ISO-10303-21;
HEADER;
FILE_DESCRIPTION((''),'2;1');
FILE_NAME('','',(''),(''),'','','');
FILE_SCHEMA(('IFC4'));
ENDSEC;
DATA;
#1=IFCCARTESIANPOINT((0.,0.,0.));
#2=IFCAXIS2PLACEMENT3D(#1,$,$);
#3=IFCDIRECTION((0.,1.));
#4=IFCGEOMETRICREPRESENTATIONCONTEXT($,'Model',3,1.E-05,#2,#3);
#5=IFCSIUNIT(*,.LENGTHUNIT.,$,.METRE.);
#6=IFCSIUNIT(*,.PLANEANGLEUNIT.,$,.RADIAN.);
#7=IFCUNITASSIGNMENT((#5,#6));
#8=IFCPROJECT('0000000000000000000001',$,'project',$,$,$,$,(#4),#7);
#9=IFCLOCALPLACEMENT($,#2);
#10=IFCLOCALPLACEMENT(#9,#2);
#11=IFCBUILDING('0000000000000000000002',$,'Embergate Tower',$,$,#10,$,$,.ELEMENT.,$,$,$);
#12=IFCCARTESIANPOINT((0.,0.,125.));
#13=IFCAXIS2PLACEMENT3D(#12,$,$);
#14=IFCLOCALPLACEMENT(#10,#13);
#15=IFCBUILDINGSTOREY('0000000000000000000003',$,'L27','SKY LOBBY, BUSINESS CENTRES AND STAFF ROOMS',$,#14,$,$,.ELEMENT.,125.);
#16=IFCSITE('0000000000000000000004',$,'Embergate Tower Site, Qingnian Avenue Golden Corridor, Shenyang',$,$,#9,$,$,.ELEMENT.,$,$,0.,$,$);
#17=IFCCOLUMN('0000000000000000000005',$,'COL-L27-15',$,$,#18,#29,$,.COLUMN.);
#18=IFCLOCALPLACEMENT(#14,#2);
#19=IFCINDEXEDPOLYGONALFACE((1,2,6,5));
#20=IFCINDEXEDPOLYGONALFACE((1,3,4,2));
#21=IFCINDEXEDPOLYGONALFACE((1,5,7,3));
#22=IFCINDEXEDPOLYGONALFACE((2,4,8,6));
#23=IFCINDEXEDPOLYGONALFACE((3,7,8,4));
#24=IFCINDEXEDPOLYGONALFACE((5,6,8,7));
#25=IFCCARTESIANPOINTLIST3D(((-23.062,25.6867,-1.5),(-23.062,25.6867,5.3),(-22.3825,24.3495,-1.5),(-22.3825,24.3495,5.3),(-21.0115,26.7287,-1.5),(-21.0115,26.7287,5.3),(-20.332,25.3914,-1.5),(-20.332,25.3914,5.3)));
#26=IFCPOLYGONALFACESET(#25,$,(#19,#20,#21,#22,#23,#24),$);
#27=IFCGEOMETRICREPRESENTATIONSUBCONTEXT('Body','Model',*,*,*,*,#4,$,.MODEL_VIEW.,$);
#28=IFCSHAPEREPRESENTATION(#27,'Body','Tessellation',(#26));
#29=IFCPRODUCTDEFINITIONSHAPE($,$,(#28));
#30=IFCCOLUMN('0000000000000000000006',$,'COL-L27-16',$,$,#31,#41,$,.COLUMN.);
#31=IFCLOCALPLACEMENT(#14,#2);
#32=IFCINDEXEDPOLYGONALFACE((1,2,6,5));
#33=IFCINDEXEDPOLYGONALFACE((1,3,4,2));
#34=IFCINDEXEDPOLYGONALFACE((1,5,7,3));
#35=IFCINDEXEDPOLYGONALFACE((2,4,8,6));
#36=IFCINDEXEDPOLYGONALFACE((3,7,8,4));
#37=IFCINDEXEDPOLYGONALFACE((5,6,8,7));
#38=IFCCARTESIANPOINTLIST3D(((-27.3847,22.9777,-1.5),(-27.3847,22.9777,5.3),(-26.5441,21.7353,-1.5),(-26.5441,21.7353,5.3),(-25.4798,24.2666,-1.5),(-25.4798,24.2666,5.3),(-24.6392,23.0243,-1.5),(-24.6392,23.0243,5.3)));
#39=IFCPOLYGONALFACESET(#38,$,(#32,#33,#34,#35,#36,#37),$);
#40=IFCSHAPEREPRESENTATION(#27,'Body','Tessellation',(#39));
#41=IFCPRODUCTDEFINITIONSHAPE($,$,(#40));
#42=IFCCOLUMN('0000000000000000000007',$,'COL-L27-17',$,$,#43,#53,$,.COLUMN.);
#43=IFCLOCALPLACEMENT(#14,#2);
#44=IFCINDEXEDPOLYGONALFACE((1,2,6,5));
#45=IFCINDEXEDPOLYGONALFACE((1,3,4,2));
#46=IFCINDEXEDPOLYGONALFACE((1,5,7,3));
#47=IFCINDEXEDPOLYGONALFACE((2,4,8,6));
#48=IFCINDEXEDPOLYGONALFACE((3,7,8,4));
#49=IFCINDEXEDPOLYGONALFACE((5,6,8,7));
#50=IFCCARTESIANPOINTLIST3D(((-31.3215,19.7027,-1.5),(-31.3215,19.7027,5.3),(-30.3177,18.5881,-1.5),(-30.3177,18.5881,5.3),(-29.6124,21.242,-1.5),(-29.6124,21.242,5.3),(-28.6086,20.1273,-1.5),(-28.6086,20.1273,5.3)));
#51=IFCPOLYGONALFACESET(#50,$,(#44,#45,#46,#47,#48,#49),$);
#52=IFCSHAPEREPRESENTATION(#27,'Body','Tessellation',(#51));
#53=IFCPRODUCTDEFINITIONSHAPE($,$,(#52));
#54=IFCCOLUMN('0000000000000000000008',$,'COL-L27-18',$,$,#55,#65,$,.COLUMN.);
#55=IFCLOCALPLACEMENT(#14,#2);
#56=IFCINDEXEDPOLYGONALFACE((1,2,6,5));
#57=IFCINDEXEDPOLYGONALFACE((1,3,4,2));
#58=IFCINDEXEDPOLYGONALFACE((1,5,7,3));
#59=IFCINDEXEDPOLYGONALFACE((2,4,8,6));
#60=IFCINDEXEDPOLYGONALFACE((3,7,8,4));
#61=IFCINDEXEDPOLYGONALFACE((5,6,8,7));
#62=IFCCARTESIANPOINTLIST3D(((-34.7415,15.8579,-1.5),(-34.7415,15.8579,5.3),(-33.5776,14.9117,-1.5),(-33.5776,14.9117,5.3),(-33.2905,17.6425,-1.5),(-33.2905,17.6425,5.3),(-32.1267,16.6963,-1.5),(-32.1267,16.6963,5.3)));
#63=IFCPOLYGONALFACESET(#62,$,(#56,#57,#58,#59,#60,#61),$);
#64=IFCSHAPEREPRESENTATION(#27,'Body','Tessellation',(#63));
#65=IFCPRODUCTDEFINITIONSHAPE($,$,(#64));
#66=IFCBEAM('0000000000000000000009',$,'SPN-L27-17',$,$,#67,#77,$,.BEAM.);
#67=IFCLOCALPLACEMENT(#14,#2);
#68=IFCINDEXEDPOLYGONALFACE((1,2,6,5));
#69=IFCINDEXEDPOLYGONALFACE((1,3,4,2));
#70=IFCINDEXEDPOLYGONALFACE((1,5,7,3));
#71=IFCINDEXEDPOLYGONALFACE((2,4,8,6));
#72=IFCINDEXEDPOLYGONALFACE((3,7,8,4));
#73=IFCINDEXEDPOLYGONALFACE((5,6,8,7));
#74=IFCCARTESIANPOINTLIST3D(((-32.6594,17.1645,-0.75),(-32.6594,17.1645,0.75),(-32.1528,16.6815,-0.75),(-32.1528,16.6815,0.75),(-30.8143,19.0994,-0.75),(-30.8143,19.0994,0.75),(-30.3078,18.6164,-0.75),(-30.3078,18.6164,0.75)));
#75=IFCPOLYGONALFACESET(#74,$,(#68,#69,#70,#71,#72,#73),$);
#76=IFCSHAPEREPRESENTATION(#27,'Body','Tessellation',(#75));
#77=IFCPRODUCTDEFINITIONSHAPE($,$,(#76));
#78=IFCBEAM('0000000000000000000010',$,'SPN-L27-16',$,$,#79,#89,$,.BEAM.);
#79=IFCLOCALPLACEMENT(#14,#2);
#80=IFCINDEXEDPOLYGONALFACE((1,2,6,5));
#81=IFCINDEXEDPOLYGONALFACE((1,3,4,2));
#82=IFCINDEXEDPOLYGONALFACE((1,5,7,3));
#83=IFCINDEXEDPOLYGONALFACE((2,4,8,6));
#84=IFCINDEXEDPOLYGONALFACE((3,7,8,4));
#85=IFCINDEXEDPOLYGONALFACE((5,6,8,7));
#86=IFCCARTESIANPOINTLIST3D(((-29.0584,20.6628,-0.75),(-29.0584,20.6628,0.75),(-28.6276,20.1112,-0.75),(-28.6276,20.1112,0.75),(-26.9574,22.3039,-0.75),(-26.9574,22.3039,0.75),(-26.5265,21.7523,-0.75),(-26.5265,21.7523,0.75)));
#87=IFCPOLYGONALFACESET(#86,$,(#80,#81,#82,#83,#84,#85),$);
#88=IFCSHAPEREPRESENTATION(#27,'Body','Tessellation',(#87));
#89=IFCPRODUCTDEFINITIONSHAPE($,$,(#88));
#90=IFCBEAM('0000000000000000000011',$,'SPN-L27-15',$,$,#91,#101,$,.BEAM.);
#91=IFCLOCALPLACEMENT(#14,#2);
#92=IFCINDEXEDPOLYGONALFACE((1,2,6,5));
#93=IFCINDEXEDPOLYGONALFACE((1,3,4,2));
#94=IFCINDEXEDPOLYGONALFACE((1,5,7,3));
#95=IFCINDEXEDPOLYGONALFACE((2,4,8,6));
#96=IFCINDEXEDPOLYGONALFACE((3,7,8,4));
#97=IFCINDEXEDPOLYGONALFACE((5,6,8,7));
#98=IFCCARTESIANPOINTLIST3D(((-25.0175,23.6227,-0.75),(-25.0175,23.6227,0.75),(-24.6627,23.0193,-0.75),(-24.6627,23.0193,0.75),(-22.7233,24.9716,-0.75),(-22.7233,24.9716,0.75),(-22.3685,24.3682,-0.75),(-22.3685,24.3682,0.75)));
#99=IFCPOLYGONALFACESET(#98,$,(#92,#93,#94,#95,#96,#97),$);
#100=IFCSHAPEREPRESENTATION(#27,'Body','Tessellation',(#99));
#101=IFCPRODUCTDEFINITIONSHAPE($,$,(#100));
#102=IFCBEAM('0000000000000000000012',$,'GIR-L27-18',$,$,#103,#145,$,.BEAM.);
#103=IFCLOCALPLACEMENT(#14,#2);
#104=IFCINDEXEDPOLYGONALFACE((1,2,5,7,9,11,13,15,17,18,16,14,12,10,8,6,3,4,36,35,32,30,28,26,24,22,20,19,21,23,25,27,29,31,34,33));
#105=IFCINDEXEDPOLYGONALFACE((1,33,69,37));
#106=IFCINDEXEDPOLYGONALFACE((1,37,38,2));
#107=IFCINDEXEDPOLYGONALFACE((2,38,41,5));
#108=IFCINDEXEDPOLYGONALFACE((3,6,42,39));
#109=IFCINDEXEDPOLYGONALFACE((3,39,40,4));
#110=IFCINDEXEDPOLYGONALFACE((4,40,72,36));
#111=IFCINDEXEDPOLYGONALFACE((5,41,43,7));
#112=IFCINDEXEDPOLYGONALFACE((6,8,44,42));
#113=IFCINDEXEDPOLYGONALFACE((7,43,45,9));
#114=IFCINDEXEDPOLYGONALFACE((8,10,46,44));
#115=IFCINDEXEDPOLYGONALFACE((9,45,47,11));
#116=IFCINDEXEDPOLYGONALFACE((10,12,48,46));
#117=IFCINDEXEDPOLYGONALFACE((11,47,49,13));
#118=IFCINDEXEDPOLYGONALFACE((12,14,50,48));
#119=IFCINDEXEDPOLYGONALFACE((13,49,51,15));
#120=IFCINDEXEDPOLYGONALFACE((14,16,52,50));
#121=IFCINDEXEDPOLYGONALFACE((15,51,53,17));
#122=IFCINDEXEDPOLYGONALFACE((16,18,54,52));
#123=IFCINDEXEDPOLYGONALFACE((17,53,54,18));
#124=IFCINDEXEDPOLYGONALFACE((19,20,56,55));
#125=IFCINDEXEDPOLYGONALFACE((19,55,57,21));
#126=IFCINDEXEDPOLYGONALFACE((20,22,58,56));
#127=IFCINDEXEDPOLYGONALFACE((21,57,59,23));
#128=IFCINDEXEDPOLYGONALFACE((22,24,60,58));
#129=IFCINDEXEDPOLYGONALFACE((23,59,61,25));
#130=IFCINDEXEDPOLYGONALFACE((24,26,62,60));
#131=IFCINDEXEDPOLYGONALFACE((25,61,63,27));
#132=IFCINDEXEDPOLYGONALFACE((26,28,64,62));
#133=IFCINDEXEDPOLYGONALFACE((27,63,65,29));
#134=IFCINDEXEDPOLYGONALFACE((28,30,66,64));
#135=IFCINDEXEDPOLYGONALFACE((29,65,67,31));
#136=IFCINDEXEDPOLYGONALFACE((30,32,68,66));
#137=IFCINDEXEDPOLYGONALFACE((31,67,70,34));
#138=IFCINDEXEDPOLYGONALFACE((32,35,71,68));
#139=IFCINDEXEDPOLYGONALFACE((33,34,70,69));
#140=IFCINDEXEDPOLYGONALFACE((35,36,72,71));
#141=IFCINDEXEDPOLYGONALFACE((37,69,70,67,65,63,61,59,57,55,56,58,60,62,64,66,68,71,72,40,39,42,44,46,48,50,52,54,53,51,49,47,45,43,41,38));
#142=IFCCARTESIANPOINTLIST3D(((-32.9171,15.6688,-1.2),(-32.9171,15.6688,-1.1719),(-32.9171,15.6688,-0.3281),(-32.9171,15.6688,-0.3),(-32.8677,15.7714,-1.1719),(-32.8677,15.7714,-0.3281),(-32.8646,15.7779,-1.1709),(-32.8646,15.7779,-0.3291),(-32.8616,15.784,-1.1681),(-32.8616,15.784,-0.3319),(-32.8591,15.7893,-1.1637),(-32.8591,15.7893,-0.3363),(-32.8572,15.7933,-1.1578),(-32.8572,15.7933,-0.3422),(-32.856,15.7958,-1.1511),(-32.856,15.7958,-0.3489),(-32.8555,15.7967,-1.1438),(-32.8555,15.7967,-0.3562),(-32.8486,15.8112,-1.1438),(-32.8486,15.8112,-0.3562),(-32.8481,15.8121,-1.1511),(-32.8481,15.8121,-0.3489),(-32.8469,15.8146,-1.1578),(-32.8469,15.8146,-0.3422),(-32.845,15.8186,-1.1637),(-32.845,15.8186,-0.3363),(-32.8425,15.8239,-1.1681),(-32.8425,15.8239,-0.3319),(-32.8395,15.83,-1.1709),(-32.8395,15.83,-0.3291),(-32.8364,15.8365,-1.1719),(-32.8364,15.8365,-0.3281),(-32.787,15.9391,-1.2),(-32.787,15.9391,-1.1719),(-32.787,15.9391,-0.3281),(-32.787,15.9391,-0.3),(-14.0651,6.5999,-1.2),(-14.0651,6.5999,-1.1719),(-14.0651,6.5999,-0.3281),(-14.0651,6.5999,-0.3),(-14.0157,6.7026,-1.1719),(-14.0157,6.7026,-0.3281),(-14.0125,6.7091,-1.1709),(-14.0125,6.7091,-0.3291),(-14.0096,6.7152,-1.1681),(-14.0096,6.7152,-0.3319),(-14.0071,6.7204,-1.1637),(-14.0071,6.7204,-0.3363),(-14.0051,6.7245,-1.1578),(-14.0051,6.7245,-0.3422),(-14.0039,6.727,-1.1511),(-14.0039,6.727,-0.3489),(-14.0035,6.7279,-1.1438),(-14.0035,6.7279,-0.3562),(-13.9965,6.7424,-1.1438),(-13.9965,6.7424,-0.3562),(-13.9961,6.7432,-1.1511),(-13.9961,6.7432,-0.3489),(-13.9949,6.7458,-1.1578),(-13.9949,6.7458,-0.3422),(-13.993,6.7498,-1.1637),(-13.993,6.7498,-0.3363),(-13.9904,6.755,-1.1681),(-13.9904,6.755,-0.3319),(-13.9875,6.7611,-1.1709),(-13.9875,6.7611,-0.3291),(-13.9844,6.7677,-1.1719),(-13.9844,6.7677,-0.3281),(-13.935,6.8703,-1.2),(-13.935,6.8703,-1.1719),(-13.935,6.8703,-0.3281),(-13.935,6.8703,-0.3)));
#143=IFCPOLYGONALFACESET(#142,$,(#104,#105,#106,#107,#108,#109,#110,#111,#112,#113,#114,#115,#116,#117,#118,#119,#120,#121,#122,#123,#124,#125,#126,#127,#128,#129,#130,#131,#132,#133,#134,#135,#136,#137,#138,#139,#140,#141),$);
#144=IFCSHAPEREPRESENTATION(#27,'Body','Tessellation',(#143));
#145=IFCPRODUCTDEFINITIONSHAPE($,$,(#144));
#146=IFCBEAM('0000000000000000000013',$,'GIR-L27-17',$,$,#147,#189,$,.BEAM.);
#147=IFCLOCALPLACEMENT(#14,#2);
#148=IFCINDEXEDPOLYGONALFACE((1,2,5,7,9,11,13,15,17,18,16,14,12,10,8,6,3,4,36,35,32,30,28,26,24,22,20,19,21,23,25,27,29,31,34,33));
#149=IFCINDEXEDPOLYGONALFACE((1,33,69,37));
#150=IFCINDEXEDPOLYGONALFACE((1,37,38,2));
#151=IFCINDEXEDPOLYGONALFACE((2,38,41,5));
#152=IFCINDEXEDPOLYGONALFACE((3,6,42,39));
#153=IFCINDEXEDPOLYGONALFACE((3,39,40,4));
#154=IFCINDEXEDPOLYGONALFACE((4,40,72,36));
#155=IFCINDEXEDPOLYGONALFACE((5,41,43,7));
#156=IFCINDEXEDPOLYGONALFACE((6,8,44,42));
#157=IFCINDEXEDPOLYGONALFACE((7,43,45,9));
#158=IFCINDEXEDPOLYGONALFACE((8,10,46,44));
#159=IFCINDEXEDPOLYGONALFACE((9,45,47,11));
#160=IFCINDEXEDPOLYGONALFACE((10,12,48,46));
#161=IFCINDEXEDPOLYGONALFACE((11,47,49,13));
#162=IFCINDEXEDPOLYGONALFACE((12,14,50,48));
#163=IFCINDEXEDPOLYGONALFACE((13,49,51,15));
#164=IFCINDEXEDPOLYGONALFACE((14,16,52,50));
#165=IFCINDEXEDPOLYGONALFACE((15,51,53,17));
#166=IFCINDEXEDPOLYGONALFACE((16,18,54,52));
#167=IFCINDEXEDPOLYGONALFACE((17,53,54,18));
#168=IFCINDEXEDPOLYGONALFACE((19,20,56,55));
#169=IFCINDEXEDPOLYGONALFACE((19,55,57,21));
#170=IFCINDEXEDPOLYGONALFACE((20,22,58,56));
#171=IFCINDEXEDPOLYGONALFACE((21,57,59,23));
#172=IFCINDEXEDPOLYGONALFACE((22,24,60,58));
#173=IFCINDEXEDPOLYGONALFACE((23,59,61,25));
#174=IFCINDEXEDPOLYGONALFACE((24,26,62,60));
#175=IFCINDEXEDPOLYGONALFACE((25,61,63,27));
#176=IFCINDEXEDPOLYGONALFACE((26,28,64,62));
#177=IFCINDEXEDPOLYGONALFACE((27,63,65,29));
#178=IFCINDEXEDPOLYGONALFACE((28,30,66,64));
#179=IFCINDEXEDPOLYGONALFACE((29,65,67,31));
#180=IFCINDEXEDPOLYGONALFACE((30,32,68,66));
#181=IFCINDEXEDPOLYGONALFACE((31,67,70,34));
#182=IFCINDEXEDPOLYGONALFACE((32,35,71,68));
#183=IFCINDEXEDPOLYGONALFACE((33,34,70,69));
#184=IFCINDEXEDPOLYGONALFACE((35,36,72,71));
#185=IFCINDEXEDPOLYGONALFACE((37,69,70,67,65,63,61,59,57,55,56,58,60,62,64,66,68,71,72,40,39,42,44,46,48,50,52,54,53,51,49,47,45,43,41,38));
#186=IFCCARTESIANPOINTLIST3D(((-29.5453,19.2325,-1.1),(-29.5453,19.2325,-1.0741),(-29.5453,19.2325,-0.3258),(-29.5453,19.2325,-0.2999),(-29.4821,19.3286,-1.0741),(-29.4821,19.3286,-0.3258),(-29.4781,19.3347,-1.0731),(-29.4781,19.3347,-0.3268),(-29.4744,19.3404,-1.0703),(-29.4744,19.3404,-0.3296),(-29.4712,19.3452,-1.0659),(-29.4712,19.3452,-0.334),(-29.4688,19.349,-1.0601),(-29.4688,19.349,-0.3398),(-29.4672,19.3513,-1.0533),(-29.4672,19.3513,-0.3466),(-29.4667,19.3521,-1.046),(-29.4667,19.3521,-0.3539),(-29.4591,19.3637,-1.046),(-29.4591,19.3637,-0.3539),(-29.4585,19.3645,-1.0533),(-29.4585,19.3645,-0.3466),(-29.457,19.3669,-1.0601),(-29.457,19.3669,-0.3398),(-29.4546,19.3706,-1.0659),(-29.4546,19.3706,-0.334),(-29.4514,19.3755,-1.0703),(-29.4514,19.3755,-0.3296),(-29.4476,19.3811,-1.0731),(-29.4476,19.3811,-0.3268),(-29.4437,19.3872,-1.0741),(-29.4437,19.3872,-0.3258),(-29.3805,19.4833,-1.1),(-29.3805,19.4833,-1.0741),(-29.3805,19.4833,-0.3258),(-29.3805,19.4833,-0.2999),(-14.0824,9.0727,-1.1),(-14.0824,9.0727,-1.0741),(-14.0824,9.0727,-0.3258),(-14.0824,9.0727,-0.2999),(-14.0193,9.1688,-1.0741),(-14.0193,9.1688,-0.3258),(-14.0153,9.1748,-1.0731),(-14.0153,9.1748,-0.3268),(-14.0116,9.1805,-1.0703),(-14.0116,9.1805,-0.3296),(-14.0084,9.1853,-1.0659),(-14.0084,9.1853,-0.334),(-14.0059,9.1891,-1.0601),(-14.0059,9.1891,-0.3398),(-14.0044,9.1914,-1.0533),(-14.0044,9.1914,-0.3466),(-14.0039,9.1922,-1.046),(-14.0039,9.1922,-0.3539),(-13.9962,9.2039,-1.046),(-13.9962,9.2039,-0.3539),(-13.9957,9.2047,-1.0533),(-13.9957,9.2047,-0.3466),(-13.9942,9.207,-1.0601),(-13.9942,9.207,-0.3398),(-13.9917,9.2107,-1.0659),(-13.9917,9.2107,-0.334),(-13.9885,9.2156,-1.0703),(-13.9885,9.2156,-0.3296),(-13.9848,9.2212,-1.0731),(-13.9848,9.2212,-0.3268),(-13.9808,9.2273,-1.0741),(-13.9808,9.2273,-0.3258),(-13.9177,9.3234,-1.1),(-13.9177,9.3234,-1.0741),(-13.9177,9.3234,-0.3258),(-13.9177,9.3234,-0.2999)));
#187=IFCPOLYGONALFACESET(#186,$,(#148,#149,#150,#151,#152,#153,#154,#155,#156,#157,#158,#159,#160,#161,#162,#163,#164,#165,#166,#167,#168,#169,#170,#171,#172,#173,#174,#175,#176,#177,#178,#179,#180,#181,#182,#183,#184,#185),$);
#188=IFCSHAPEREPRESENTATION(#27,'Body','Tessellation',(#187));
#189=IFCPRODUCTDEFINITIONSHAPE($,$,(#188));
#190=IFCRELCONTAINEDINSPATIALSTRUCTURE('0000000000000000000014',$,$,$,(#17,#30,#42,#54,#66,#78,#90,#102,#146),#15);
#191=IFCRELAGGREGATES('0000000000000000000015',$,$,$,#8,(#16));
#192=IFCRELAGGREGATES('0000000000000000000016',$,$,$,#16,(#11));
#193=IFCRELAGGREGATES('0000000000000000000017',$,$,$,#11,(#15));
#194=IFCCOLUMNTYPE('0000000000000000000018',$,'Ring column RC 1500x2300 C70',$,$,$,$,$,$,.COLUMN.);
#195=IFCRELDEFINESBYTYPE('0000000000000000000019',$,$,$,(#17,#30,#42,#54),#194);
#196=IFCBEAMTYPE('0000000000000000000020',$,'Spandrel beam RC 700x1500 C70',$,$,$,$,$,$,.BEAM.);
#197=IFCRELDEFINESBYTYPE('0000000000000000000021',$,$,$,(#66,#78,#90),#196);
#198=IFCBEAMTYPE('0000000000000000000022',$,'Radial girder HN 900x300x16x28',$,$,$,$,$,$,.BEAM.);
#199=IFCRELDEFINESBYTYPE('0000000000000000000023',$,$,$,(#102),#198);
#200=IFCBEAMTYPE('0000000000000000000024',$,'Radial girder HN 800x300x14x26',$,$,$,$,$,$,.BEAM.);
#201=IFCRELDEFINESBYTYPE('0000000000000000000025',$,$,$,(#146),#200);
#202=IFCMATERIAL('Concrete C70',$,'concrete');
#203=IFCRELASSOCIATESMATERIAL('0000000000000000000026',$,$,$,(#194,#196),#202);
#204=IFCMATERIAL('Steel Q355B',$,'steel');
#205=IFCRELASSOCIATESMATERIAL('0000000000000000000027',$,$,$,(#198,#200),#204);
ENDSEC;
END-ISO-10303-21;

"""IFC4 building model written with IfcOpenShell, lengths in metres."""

from ifc_helpers import new_model, si_unit, direction, frame, origin, origin_2d, place, context, subcontext, project, spatial, rectangle, i_section, extrude, source, transform, mapped, material, material_profile, profile_set, type_object, element, save


model = new_model("IFC4")

# Units and contexts
model_context = context("Model", 3, precision=1e-05, world=origin(), true_north=direction((0.0, 1.0)))
body_context = subcontext(model_context, "Body", "Model", "MODEL_VIEW")
ifc_project = project(units=[si_unit("LENGTHUNIT", "METRE"), si_unit("PLANEANGLEUNIT", "RADIAN")], contexts=[model_context])

# Site, building, storey
site_placement = place(None, origin())
site = spatial("IfcSite", under=ifc_project, at=site_placement, Name="Embergate Tower Site, Qingnian Avenue Golden Corridor, Shenyang", CompositionType="ELEMENT", RefElevation=0.0)
building_placement = place(site_placement, origin())
building = spatial("IfcBuilding", under=site, at=building_placement, Name="Embergate Tower", CompositionType="ELEMENT")
storey_placement = place(building_placement, frame((0.0, 0.0, 125.0)))
storey = spatial("IfcBuildingStorey", under=building, at=storey_placement, Name="L27", Description="SKY LOBBY, BUSINESS CENTRES AND STAFF ROOMS", CompositionType="ELEMENT", Elevation=125.0)

# Columns
ifc_material_1 = material(Name="Concrete C70", Category="concrete")
ifc_material_profile_1 = material_profile(ifc_material_1, rectangle(XDim=1.5, YDim=2.3, at=origin_2d()), Name="RC 1500x2300")
ifc_profile_set_1 = profile_set([ifc_material_profile_1], Name="Concrete C70")
column_type = type_object("IfcColumnType", Name="Ring column RC 1500x2300 C70", PredefinedType="COLUMN", material=ifc_profile_set_1)
shared_shape_1 = source(origin(), body_context, "Body", "SweptSolid", [
    extrude(rectangle(XDim=1.5, YDim=2.3, at=origin_2d()), origin(), (0.0, 0.0, 1.0), 6.8),
])
for number, where, z_axis, x_axis, name in (
    (1, (-21.697, 25.5391, -1.5), (0.0, 0.0, 1.0), (-0.452995, 0.891513, 0.0), "COL-L27-15"),
    (2, (-26.012, 23.001, -1.5), (0.0, 0.0, 1.0), (-0.560393, 0.828227, 0.0), "COL-L27-16"),
    (3, (-29.9651, 19.915, -1.5), (0.0, 0.0, 1.0), (-0.669208, 0.743075, 0.0), "COL-L27-17"),
    (4, (-33.4341, 16.2771, -1.5), (0.0, 0.0, 1.0), (-0.775914, 0.630838, 0.0), "COL-L27-18"),
):
    element("IfcColumn", number, at=place(storey_placement, frame(where, z_axis=z_axis, x_axis=x_axis)), inside=storey, type_object=column_type, Name=name, PredefinedType="COLUMN", context=body_context, shape_type="MappedRepresentation", body=[
        mapped(shared_shape_1, transform((0.0, 0.0, 0.0))),
    ])

# Beams
ifc_material_profile_2 = material_profile(ifc_material_1, rectangle(XDim=0.7, YDim=1.5, at=origin_2d()), Name="RC 700x1500")
ifc_profile_set_2 = profile_set([ifc_material_profile_2], Name="Concrete C70")
beam_type_1 = type_object("IfcBeamType", Name="Spandrel beam RC 700x1500 C70", PredefinedType="BEAM", material=ifc_profile_set_2)
shared_shape_2 = source(origin(), body_context, "Body", "SweptSolid", [
    extrude(rectangle(XDim=0.7, YDim=1.5, at=origin_2d()), origin(), (0.0, 0.0, 1.0), 2.6736),
])
beam_1_placement = place(storey_placement, frame((-30.561, 18.8579, 0.0), z_axis=(-0.690104, -0.72371, 0.0), x_axis=(0.72371, -0.690104, 0.0)))
element("IfcBeam", 5, at=beam_1_placement, inside=storey, type_object=beam_type_1, Name="SPN-L27-17", PredefinedType="BEAM", context=body_context, shape_type="MappedRepresentation", body=[
    mapped(shared_shape_2, transform((0.0, 0.0, 0.0))),
])
shared_shape_3 = source(origin(), body_context, "Body", "SweptSolid", [
    extrude(rectangle(XDim=0.7, YDim=1.5, at=origin_2d()), origin(), (0.0, 0.0, 1.0), 2.666),
])
beam_2_placement = place(storey_placement, frame((-26.7419, 22.0281, 0.0), z_axis=(-0.788088, -0.615562, 0.0), x_axis=(0.615562, -0.788088, 0.0)))
element("IfcBeam", 6, at=beam_2_placement, inside=storey, type_object=beam_type_1, Name="SPN-L27-16", PredefinedType="BEAM", context=body_context, shape_type="MappedRepresentation", body=[
    mapped(shared_shape_3, transform((0.0, 0.0, 0.0))),
])
shared_shape_4 = source(origin(), body_context, "Body", "SweptSolid", [
    extrude(rectangle(XDim=0.7, YDim=1.5, at=origin_2d()), origin(), (0.0, 0.0, 1.0), 2.6614),
])
beam_3_placement = place(storey_placement, frame((-22.5459, 24.6699, 0.0), z_axis=(-0.86204, -0.50684, 0.0), x_axis=(0.50684, -0.86204, 0.0)))
element("IfcBeam", 7, at=beam_3_placement, inside=storey, type_object=beam_type_1, Name="SPN-L27-15", PredefinedType="BEAM", context=body_context, shape_type="MappedRepresentation", body=[
    mapped(shared_shape_4, transform((0.0, 0.0, 0.0))),
])
ifc_material_2 = material(Name="Steel Q355B", Category="steel")
ifc_material_profile_3 = material_profile(ifc_material_2, i_section(OverallWidth=0.3, OverallDepth=0.8999, WebThickness=0.0161, FlangeThickness=0.0281, FilletRadius=0.0281, at=origin_2d()), Name="HN 900x300x16x28")
ifc_profile_set_3 = profile_set([ifc_material_profile_3], Name="Steel Q355 grade B")
beam_type_2 = type_object("IfcBeamType", Name="Radial girder HN 900x300x16x28", PredefinedType="BEAM", material=ifc_profile_set_3)
shared_shape_5 = source(origin(), body_context, "Body", "SweptSolid", [
    extrude(i_section(OverallWidth=0.3, OverallDepth=0.8999, WebThickness=0.0161, FlangeThickness=0.0281, FilletRadius=0.0281, at=origin_2d()), origin(), (0.0, 0.0, 1.0), 20.9199),
])
beam_4_placement = place(storey_placement, frame((-32.8521, 15.804, -0.75), z_axis=(0.901152, -0.433503, 0.0), x_axis=(0.433503, 0.901152, 0.0)))
element("IfcBeam", 8, at=beam_4_placement, inside=storey, type_object=beam_type_2, Name="GIR-L27-18", PredefinedType="BEAM", context=body_context, shape_type="MappedRepresentation", body=[
    mapped(shared_shape_5, transform((0.0, 0.0, 0.0))),
])
ifc_material_profile_4 = material_profile(ifc_material_2, i_section(OverallWidth=0.3, OverallDepth=0.8, WebThickness=0.0139, FlangeThickness=0.0259, FilletRadius=0.0281, at=origin_2d()), Name="HN 800x300x14x26")
ifc_profile_set_4 = profile_set([ifc_material_profile_4], Name="Steel Q355 grade B")
beam_type_3 = type_object("IfcBeamType", Name="Radial girder HN 800x300x14x26", PredefinedType="BEAM", material=ifc_profile_set_4)
shared_shape_6 = source(origin(), body_context, "Body", "SweptSolid", [
    extrude(i_section(OverallWidth=0.3, OverallDepth=0.8, WebThickness=0.0139, FlangeThickness=0.0259, FilletRadius=0.0281, at=origin_2d()), origin(), (0.0, 0.0, 1.0), 18.502),
])
beam_5_placement = place(storey_placement, frame((-29.4629, 19.3579, -0.7), z_axis=(0.835741, -0.549124, 0.0), x_axis=(0.549124, 0.835741, 0.0)))
element("IfcBeam", 9, at=beam_5_placement, inside=storey, type_object=beam_type_3, Name="GIR-L27-17", PredefinedType="BEAM", context=body_context, shape_type="MappedRepresentation", body=[
    mapped(shared_shape_6, transform((0.0, 0.0, 0.0))),
])

save(model, "model.ifc")
